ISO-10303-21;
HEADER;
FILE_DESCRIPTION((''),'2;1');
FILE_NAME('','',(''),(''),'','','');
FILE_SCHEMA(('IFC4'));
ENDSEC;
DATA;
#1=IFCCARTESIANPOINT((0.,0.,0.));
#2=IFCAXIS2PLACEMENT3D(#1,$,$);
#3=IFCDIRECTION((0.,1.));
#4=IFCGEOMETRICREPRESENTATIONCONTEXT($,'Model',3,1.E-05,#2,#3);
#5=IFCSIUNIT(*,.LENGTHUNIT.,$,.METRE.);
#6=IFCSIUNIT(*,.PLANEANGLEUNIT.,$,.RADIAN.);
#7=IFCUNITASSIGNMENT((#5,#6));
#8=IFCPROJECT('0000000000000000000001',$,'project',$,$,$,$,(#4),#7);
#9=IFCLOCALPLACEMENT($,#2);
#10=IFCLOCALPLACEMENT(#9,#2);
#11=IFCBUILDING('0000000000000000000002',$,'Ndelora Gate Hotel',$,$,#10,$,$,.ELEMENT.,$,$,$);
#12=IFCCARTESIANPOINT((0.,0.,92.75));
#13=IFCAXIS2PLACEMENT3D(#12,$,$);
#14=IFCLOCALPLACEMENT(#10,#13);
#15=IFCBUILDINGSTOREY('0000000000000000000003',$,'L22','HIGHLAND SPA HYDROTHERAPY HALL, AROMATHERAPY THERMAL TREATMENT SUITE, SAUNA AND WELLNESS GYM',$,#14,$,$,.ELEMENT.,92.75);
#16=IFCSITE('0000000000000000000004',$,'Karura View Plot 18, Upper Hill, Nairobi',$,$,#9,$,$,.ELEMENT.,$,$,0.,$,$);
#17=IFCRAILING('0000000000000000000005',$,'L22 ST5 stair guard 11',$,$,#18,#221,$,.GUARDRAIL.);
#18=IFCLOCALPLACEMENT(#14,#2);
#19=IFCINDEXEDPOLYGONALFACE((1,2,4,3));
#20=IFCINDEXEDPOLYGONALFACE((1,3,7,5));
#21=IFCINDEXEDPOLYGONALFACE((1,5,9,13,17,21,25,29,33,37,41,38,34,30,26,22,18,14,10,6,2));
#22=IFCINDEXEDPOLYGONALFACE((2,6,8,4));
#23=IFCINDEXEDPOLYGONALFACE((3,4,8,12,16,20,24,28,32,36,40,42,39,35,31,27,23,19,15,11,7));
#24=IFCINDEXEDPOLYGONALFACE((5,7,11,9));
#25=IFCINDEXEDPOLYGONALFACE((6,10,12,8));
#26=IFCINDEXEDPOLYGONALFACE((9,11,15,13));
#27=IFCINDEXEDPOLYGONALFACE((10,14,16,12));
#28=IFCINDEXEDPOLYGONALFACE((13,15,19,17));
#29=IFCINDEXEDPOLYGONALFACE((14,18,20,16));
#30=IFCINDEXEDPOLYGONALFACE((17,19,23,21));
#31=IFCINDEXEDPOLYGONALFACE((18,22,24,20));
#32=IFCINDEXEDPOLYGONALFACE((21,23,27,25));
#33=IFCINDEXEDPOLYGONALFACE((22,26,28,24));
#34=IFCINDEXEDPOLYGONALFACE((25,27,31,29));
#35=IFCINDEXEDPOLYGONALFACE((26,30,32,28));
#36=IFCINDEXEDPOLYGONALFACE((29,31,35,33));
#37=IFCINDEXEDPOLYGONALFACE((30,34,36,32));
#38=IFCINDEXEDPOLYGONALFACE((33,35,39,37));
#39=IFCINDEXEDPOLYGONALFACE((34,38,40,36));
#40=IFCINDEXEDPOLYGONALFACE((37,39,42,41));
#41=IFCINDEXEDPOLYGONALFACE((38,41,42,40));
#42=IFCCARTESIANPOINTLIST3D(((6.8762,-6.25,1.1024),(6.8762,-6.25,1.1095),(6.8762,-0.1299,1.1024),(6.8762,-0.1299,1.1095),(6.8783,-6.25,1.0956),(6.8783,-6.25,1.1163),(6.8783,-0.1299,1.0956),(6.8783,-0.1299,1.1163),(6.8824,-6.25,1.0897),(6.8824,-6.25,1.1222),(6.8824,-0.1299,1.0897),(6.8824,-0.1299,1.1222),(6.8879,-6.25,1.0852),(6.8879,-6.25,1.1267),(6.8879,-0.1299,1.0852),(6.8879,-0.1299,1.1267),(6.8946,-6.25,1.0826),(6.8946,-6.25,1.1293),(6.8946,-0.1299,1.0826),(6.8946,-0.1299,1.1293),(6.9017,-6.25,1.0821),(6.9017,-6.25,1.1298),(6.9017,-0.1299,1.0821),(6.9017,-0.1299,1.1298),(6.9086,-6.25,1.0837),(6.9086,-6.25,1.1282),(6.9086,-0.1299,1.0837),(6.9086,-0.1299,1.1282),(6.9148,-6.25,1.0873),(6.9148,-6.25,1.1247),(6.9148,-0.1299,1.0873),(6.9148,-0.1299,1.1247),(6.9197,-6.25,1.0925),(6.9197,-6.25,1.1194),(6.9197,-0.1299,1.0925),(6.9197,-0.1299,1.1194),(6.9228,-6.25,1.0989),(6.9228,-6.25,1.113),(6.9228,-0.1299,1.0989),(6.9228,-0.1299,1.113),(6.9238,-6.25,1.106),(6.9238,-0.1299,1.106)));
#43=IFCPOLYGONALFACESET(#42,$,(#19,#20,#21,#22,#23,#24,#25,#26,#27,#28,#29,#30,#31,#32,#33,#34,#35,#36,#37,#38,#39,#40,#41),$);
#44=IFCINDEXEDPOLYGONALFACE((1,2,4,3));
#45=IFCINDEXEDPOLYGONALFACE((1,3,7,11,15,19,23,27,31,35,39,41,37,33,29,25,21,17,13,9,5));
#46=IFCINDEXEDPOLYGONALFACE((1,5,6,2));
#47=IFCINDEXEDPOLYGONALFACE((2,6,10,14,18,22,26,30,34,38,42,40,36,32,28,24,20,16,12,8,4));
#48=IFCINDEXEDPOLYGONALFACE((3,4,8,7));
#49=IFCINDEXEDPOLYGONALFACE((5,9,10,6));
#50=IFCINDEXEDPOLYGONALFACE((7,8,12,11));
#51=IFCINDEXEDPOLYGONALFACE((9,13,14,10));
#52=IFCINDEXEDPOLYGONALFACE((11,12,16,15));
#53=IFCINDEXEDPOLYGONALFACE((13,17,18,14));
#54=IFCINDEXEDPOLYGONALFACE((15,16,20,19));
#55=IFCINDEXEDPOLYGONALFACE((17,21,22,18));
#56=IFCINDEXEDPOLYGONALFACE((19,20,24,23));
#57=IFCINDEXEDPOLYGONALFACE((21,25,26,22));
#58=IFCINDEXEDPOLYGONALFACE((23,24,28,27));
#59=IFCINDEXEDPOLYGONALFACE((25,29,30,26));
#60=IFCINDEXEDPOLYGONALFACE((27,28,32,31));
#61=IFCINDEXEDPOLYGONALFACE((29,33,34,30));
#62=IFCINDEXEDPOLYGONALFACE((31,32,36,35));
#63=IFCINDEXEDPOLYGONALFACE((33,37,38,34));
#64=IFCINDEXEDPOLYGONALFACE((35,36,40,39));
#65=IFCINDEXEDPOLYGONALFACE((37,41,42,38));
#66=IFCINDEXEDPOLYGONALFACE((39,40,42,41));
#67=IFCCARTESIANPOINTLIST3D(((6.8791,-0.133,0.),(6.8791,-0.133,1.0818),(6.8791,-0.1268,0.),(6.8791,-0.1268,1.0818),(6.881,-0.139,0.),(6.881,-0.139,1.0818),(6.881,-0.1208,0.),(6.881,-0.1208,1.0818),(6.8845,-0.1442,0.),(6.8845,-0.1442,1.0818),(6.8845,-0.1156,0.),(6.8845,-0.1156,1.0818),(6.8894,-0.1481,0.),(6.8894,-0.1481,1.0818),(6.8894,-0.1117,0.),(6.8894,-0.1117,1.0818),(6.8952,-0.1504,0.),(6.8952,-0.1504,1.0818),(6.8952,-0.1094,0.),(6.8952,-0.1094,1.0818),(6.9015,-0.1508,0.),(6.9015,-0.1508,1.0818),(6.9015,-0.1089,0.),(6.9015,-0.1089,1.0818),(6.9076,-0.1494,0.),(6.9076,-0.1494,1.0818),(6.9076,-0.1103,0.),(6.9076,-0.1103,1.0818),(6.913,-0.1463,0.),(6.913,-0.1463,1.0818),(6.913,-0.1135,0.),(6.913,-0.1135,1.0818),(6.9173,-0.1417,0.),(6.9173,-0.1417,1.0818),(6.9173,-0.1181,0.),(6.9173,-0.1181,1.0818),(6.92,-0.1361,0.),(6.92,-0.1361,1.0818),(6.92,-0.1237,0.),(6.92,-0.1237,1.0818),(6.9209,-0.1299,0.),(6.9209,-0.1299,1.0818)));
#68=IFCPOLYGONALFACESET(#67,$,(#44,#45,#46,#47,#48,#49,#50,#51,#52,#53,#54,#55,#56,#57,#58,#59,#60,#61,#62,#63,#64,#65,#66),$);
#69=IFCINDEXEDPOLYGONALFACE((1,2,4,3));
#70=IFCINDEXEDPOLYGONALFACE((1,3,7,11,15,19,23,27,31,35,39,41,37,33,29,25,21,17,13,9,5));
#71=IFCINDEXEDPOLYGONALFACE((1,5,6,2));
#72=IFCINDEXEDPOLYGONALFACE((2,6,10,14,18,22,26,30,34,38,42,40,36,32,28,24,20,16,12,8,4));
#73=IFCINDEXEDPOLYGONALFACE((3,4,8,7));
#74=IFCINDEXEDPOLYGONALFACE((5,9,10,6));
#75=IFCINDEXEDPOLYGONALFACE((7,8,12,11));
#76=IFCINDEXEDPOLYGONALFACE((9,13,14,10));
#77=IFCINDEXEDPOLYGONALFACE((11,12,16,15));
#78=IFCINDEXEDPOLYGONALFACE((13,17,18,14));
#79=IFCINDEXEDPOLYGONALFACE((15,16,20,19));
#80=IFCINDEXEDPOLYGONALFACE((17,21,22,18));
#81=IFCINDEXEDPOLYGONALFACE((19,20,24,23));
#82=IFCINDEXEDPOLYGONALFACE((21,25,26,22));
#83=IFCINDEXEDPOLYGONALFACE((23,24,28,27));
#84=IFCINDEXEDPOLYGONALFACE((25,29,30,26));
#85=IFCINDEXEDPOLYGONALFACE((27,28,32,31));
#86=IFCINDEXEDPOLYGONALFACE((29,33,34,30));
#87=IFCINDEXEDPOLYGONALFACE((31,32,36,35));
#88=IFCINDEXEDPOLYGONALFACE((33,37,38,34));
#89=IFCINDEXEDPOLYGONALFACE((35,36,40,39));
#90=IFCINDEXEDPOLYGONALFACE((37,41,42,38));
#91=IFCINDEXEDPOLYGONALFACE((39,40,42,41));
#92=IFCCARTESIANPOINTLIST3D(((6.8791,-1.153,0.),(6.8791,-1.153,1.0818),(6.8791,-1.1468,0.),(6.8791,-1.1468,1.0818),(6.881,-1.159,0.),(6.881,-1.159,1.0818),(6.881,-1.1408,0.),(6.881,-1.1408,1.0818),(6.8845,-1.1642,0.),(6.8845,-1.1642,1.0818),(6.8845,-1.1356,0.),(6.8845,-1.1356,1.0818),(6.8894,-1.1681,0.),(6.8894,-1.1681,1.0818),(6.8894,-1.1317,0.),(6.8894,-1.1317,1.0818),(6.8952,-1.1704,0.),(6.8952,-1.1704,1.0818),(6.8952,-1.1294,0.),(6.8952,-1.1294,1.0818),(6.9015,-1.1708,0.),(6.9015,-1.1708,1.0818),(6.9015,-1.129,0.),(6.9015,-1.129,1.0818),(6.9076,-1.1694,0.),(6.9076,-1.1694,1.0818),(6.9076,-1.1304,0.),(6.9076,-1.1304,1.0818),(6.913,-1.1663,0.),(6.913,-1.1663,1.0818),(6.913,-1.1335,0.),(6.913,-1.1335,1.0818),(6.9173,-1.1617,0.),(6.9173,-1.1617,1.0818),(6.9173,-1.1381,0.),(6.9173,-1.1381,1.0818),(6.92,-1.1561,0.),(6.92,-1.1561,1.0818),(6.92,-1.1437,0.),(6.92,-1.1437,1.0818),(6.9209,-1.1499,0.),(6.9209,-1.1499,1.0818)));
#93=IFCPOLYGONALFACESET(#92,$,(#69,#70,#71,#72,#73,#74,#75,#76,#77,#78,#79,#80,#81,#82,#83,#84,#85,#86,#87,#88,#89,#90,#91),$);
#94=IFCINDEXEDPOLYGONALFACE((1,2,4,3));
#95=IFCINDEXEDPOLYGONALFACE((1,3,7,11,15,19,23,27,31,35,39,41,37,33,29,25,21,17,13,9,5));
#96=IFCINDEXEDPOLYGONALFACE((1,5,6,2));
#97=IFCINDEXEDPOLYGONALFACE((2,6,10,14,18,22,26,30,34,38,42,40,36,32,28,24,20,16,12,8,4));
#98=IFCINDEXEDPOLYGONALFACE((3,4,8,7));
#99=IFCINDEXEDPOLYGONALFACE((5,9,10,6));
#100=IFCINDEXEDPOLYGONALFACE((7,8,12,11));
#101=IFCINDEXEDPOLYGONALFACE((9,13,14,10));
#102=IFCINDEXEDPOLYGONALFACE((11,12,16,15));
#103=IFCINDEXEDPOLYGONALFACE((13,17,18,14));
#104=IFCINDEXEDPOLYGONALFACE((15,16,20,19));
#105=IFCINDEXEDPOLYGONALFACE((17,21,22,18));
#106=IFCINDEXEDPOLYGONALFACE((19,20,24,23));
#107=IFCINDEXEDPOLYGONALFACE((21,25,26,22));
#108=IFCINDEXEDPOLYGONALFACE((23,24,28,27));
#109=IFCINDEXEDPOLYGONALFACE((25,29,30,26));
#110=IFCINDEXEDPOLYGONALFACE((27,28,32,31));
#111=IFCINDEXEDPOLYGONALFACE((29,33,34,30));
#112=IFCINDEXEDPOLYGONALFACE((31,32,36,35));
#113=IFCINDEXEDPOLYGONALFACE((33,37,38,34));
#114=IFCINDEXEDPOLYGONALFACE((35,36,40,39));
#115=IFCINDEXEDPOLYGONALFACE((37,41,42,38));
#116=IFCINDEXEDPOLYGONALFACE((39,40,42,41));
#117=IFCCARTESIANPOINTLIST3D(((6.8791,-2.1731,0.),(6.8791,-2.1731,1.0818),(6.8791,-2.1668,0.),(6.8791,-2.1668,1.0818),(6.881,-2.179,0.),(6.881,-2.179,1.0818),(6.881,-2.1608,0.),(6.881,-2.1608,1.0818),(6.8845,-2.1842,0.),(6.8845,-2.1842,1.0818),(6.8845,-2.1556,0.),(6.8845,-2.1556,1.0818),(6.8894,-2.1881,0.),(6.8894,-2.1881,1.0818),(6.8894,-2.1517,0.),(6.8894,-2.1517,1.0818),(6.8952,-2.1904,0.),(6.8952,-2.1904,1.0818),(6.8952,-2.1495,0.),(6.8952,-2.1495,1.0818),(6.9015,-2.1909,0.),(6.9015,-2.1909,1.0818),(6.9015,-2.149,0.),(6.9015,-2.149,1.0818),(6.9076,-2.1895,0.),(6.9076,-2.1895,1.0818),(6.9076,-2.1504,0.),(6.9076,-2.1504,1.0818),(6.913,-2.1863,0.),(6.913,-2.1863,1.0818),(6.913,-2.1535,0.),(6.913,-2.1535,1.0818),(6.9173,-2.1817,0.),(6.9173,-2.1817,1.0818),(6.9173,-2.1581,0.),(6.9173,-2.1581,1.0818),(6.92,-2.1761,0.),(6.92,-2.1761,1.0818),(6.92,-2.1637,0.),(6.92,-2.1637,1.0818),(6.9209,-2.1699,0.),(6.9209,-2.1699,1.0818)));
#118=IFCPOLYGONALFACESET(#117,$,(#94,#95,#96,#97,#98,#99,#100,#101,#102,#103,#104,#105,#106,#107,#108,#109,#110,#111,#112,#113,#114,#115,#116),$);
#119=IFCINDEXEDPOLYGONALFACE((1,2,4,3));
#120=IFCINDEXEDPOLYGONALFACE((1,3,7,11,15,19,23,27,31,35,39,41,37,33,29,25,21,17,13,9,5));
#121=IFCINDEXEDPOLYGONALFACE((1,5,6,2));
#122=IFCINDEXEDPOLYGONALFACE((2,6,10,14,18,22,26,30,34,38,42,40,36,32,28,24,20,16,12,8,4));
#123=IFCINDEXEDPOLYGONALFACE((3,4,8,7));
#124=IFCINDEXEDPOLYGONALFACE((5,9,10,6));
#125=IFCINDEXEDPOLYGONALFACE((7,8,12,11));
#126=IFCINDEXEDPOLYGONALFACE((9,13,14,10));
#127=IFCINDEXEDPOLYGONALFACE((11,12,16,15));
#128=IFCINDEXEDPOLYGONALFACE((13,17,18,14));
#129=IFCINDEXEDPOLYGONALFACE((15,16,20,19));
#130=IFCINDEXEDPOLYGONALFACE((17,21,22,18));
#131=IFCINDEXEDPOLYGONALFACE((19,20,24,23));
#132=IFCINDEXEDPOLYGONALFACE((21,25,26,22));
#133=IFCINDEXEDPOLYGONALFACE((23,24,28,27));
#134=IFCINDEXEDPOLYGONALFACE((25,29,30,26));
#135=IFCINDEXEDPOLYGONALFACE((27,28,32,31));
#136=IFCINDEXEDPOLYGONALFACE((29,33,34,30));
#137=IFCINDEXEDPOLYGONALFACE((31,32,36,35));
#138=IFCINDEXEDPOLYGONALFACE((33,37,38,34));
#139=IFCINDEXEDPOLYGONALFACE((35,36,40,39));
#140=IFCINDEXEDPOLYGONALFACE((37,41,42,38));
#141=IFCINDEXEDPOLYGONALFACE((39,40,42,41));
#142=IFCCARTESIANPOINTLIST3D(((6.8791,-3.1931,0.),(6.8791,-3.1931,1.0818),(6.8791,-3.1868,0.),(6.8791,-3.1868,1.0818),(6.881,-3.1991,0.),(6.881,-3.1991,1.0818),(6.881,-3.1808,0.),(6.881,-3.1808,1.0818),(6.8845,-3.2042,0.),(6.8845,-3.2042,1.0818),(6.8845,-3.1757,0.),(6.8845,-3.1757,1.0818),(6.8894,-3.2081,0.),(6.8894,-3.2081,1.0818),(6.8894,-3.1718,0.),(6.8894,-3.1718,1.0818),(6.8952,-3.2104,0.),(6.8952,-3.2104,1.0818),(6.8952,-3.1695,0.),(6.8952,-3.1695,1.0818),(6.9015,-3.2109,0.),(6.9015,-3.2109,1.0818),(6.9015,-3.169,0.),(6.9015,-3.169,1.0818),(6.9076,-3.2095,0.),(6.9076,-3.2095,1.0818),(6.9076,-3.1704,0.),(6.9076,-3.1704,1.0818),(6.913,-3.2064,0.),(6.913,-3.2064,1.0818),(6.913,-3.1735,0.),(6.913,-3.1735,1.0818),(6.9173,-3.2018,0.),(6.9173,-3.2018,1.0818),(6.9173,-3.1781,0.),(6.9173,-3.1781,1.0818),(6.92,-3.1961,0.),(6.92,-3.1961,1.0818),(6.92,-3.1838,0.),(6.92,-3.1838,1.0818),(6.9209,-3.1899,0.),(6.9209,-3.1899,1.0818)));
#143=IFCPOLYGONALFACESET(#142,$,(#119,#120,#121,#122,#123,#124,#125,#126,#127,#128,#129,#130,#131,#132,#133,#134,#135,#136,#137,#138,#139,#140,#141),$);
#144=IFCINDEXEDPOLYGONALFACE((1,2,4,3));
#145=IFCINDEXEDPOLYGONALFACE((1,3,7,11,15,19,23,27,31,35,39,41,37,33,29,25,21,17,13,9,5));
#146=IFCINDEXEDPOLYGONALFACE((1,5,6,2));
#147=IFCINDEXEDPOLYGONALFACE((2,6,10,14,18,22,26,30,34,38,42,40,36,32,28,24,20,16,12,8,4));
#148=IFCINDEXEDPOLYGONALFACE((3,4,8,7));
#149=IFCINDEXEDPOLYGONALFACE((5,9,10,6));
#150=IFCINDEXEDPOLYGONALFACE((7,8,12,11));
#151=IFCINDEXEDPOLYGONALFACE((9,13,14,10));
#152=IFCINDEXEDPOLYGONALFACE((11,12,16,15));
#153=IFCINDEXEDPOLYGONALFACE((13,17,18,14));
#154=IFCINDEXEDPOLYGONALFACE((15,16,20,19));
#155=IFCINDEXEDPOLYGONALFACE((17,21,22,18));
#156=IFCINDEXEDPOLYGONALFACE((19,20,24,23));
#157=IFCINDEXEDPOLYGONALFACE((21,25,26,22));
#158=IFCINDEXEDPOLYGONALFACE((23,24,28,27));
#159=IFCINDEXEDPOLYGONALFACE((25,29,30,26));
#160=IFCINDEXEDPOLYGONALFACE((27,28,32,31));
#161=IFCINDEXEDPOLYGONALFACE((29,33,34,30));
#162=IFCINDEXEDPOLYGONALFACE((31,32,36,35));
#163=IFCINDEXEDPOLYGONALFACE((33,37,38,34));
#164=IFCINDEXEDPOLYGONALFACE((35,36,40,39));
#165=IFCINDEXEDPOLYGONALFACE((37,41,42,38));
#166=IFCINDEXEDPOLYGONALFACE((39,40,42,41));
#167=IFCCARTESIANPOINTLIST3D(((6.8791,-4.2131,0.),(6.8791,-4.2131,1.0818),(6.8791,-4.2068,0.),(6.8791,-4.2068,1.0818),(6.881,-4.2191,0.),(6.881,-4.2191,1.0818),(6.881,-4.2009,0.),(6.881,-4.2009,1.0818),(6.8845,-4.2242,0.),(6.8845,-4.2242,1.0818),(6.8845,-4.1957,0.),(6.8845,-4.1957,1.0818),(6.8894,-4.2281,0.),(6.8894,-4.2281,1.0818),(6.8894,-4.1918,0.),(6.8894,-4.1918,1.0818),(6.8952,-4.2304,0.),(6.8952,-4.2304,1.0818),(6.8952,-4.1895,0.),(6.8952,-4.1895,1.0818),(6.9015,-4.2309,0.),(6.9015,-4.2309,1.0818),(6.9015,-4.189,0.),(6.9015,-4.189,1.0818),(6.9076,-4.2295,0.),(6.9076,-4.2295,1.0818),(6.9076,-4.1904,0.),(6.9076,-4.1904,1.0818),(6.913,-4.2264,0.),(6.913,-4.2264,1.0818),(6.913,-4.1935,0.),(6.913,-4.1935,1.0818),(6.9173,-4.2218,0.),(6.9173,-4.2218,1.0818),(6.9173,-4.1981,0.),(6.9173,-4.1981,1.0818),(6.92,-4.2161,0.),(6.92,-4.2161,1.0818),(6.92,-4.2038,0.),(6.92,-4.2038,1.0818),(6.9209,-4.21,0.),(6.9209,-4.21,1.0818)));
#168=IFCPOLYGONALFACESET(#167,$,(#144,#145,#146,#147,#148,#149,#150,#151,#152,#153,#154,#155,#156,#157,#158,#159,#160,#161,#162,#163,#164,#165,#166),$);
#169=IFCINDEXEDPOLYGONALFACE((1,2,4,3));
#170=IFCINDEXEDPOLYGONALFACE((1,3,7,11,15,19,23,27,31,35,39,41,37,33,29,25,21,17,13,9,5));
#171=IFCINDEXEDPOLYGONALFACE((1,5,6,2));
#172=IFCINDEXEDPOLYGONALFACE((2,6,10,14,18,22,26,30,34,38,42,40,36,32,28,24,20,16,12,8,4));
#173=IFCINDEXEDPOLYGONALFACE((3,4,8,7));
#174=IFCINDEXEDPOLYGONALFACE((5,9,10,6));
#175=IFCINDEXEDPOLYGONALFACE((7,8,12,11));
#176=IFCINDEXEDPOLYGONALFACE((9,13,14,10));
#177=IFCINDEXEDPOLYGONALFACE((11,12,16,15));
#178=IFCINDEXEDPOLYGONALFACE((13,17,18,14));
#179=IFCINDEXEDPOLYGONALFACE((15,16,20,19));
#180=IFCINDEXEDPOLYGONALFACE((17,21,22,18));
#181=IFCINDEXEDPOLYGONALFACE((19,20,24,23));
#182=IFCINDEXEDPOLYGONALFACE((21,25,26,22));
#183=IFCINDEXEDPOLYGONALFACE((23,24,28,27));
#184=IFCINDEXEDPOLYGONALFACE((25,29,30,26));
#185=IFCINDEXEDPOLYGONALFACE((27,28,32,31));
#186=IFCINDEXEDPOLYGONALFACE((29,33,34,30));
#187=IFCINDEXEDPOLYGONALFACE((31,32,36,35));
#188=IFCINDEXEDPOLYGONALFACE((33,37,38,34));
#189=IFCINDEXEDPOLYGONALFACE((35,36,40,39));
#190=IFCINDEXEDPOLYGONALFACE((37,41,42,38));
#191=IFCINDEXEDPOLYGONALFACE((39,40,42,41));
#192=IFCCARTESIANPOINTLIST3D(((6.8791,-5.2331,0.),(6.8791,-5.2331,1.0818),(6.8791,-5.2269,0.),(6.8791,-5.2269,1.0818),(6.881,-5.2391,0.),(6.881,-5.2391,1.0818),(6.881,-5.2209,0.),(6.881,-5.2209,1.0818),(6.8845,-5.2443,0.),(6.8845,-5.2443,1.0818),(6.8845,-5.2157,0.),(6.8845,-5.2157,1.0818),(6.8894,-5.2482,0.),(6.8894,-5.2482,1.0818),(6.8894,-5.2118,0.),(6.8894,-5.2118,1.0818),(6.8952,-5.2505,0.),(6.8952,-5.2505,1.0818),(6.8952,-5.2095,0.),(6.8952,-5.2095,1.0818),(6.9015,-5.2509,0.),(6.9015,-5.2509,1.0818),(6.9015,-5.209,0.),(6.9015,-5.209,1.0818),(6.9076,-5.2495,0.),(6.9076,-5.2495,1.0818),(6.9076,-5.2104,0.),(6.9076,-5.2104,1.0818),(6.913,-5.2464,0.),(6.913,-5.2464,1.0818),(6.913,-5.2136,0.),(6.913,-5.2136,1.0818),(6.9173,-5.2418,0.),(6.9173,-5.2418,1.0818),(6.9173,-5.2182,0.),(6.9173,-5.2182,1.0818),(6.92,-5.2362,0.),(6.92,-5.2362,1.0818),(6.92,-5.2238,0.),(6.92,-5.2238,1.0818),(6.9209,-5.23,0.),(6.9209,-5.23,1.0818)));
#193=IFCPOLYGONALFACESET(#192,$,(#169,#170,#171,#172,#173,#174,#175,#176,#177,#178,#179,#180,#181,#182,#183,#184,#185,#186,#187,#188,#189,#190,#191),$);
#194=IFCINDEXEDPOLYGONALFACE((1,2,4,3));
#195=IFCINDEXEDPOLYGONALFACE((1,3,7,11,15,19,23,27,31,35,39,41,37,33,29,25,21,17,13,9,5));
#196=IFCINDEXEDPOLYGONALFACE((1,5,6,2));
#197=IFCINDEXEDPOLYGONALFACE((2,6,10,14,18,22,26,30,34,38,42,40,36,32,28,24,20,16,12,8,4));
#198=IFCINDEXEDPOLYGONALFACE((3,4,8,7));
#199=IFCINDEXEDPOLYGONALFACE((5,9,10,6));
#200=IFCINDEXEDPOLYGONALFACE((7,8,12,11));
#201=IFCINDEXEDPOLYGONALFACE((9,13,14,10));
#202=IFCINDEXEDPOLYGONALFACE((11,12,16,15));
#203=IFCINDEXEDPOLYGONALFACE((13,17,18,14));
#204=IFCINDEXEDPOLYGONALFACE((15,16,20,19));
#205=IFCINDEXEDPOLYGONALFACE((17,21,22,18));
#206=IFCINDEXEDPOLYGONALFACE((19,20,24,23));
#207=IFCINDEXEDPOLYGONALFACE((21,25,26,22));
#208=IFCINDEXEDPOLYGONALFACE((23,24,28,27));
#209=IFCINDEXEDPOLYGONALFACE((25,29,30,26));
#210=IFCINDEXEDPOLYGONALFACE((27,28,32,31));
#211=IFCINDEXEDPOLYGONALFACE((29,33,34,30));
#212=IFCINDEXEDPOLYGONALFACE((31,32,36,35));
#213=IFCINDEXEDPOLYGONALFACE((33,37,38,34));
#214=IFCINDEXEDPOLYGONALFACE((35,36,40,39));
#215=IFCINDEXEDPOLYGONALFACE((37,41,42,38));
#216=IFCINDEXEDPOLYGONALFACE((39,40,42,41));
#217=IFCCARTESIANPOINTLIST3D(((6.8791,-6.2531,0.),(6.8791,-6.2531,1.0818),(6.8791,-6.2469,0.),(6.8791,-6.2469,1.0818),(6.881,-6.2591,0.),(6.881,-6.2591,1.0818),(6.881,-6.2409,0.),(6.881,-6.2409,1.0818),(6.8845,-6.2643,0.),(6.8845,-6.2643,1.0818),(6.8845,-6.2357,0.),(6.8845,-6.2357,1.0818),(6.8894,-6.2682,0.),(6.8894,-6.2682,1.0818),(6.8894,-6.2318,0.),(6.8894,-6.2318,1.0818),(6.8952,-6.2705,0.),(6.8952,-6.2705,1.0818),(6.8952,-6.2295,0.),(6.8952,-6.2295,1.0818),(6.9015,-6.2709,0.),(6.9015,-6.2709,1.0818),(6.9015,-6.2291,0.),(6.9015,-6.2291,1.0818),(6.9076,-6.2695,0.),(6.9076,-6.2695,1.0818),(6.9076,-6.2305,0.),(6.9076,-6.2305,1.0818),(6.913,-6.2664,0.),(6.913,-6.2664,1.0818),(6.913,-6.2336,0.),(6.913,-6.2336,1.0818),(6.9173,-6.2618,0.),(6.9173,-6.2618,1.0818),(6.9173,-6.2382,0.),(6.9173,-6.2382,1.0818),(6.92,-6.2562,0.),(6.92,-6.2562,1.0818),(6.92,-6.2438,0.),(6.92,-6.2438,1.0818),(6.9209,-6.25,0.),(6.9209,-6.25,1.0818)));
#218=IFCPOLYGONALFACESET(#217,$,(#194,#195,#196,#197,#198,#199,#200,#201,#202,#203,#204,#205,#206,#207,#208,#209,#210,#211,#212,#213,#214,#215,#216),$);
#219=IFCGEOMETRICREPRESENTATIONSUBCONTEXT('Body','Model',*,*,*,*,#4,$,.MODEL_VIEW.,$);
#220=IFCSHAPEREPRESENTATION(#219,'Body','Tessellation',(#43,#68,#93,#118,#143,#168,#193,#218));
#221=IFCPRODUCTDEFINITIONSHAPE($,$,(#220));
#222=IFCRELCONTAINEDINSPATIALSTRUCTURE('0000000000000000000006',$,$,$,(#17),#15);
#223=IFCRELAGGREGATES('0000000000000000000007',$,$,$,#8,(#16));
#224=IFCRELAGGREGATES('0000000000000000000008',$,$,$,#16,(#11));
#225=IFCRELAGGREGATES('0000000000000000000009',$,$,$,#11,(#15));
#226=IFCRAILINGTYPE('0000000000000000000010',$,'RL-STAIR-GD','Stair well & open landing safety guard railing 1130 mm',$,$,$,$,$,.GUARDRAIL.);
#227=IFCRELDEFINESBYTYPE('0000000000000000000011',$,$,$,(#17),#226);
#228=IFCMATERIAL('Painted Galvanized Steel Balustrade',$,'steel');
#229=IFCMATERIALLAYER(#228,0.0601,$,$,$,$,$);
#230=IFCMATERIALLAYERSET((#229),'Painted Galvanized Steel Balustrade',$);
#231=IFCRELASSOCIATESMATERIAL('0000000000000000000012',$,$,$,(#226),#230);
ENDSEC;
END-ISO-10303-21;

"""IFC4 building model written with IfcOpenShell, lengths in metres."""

from ifc_helpers import new_model, si_unit, direction, frame, origin, origin_2d, place, context, subcontext, project, spatial, circle, extrude, material, layer, layer_set, type_object, element, save


model = new_model("IFC4")

# Units and contexts
model_context = context("Model", 3, precision=1e-05, world=origin(), true_north=direction((0.0, 1.0)))
body_context = subcontext(model_context, "Body", "Model", "MODEL_VIEW")
ifc_project = project(units=[si_unit("LENGTHUNIT", "METRE"), si_unit("PLANEANGLEUNIT", "RADIAN")], contexts=[model_context])

# Site, building, storey
site_placement = place(None, origin())
site = spatial("IfcSite", under=ifc_project, at=site_placement, Name="Karura View Plot 18, Upper Hill, Nairobi", CompositionType="ELEMENT", RefElevation=0.0)
building_placement = place(site_placement, origin())
building = spatial("IfcBuilding", under=site, at=building_placement, Name="Ndelora Gate Hotel", CompositionType="ELEMENT")
storey_placement = place(building_placement, frame((0.0, 0.0, 92.75)))
storey = spatial("IfcBuildingStorey", under=building, at=storey_placement, Name="L22", Description="HIGHLAND SPA HYDROTHERAPY HALL, AROMATHERAPY THERMAL TREATMENT SUITE, SAUNA AND WELLNESS GYM", CompositionType="ELEMENT", Elevation=92.75)

# Railing
ifc_material_1 = material(Name="Painted Galvanized Steel Balustrade", Category="steel")
ifc_layer_1 = layer(ifc_material_1, 0.0601)
ifc_layer_set_1 = layer_set([ifc_layer_1], Name="Painted Galvanized Steel Balustrade")
railing_type = type_object("IfcRailingType", Name="RL-STAIR-GD", Description="Stair well & open landing safety guard railing 1130 mm", PredefinedType="GUARDRAIL", material=ifc_layer_set_1)
railing_placement = place(storey_placement, frame((6.8999, -0.1299, 0.0)))
element("IfcRailing", 1, at=railing_placement, inside=storey, type_object=railing_type, Name="L22 ST5 stair guard 11", PredefinedType="GUARDRAIL", context=body_context, shape_type="SweptSolid", body=[
    extrude(circle(Radius=0.0239, at=origin_2d()), frame((0.0, 0.0, 1.106), z_axis=(0.0, -1.0, 0.0), x_axis=(1.0, 0.0, 0.0)), (0.0, 0.0, 1.0), 6.1201),
    extrude(circle(Radius=0.021, at=origin_2d()), origin(), (0.0, 0.0, 1.0), 1.0818),
    extrude(circle(Radius=0.021, at=origin_2d()), frame((0.0, -1.02, 0.0)), (0.0, 0.0, 1.0), 1.0818),
    extrude(circle(Radius=0.021, at=origin_2d()), frame((0.0, -2.04, 0.0)), (0.0, 0.0, 1.0), 1.0818),
    extrude(circle(Radius=0.021, at=origin_2d()), frame((0.0, -3.0601, 0.0)), (0.0, 0.0, 1.0), 1.0818),
    extrude(circle(Radius=0.021, at=origin_2d()), frame((0.0, -4.0801, 0.0)), (0.0, 0.0, 1.0), 1.0818),
    extrude(circle(Radius=0.021, at=origin_2d()), frame((0.0, -5.1001, 0.0)), (0.0, 0.0, 1.0), 1.0818),
    extrude(circle(Radius=0.021, at=origin_2d()), frame((0.0, -6.1201, 0.0)), (0.0, 0.0, 1.0), 1.0818),
])

save(model, "model.ifc")
